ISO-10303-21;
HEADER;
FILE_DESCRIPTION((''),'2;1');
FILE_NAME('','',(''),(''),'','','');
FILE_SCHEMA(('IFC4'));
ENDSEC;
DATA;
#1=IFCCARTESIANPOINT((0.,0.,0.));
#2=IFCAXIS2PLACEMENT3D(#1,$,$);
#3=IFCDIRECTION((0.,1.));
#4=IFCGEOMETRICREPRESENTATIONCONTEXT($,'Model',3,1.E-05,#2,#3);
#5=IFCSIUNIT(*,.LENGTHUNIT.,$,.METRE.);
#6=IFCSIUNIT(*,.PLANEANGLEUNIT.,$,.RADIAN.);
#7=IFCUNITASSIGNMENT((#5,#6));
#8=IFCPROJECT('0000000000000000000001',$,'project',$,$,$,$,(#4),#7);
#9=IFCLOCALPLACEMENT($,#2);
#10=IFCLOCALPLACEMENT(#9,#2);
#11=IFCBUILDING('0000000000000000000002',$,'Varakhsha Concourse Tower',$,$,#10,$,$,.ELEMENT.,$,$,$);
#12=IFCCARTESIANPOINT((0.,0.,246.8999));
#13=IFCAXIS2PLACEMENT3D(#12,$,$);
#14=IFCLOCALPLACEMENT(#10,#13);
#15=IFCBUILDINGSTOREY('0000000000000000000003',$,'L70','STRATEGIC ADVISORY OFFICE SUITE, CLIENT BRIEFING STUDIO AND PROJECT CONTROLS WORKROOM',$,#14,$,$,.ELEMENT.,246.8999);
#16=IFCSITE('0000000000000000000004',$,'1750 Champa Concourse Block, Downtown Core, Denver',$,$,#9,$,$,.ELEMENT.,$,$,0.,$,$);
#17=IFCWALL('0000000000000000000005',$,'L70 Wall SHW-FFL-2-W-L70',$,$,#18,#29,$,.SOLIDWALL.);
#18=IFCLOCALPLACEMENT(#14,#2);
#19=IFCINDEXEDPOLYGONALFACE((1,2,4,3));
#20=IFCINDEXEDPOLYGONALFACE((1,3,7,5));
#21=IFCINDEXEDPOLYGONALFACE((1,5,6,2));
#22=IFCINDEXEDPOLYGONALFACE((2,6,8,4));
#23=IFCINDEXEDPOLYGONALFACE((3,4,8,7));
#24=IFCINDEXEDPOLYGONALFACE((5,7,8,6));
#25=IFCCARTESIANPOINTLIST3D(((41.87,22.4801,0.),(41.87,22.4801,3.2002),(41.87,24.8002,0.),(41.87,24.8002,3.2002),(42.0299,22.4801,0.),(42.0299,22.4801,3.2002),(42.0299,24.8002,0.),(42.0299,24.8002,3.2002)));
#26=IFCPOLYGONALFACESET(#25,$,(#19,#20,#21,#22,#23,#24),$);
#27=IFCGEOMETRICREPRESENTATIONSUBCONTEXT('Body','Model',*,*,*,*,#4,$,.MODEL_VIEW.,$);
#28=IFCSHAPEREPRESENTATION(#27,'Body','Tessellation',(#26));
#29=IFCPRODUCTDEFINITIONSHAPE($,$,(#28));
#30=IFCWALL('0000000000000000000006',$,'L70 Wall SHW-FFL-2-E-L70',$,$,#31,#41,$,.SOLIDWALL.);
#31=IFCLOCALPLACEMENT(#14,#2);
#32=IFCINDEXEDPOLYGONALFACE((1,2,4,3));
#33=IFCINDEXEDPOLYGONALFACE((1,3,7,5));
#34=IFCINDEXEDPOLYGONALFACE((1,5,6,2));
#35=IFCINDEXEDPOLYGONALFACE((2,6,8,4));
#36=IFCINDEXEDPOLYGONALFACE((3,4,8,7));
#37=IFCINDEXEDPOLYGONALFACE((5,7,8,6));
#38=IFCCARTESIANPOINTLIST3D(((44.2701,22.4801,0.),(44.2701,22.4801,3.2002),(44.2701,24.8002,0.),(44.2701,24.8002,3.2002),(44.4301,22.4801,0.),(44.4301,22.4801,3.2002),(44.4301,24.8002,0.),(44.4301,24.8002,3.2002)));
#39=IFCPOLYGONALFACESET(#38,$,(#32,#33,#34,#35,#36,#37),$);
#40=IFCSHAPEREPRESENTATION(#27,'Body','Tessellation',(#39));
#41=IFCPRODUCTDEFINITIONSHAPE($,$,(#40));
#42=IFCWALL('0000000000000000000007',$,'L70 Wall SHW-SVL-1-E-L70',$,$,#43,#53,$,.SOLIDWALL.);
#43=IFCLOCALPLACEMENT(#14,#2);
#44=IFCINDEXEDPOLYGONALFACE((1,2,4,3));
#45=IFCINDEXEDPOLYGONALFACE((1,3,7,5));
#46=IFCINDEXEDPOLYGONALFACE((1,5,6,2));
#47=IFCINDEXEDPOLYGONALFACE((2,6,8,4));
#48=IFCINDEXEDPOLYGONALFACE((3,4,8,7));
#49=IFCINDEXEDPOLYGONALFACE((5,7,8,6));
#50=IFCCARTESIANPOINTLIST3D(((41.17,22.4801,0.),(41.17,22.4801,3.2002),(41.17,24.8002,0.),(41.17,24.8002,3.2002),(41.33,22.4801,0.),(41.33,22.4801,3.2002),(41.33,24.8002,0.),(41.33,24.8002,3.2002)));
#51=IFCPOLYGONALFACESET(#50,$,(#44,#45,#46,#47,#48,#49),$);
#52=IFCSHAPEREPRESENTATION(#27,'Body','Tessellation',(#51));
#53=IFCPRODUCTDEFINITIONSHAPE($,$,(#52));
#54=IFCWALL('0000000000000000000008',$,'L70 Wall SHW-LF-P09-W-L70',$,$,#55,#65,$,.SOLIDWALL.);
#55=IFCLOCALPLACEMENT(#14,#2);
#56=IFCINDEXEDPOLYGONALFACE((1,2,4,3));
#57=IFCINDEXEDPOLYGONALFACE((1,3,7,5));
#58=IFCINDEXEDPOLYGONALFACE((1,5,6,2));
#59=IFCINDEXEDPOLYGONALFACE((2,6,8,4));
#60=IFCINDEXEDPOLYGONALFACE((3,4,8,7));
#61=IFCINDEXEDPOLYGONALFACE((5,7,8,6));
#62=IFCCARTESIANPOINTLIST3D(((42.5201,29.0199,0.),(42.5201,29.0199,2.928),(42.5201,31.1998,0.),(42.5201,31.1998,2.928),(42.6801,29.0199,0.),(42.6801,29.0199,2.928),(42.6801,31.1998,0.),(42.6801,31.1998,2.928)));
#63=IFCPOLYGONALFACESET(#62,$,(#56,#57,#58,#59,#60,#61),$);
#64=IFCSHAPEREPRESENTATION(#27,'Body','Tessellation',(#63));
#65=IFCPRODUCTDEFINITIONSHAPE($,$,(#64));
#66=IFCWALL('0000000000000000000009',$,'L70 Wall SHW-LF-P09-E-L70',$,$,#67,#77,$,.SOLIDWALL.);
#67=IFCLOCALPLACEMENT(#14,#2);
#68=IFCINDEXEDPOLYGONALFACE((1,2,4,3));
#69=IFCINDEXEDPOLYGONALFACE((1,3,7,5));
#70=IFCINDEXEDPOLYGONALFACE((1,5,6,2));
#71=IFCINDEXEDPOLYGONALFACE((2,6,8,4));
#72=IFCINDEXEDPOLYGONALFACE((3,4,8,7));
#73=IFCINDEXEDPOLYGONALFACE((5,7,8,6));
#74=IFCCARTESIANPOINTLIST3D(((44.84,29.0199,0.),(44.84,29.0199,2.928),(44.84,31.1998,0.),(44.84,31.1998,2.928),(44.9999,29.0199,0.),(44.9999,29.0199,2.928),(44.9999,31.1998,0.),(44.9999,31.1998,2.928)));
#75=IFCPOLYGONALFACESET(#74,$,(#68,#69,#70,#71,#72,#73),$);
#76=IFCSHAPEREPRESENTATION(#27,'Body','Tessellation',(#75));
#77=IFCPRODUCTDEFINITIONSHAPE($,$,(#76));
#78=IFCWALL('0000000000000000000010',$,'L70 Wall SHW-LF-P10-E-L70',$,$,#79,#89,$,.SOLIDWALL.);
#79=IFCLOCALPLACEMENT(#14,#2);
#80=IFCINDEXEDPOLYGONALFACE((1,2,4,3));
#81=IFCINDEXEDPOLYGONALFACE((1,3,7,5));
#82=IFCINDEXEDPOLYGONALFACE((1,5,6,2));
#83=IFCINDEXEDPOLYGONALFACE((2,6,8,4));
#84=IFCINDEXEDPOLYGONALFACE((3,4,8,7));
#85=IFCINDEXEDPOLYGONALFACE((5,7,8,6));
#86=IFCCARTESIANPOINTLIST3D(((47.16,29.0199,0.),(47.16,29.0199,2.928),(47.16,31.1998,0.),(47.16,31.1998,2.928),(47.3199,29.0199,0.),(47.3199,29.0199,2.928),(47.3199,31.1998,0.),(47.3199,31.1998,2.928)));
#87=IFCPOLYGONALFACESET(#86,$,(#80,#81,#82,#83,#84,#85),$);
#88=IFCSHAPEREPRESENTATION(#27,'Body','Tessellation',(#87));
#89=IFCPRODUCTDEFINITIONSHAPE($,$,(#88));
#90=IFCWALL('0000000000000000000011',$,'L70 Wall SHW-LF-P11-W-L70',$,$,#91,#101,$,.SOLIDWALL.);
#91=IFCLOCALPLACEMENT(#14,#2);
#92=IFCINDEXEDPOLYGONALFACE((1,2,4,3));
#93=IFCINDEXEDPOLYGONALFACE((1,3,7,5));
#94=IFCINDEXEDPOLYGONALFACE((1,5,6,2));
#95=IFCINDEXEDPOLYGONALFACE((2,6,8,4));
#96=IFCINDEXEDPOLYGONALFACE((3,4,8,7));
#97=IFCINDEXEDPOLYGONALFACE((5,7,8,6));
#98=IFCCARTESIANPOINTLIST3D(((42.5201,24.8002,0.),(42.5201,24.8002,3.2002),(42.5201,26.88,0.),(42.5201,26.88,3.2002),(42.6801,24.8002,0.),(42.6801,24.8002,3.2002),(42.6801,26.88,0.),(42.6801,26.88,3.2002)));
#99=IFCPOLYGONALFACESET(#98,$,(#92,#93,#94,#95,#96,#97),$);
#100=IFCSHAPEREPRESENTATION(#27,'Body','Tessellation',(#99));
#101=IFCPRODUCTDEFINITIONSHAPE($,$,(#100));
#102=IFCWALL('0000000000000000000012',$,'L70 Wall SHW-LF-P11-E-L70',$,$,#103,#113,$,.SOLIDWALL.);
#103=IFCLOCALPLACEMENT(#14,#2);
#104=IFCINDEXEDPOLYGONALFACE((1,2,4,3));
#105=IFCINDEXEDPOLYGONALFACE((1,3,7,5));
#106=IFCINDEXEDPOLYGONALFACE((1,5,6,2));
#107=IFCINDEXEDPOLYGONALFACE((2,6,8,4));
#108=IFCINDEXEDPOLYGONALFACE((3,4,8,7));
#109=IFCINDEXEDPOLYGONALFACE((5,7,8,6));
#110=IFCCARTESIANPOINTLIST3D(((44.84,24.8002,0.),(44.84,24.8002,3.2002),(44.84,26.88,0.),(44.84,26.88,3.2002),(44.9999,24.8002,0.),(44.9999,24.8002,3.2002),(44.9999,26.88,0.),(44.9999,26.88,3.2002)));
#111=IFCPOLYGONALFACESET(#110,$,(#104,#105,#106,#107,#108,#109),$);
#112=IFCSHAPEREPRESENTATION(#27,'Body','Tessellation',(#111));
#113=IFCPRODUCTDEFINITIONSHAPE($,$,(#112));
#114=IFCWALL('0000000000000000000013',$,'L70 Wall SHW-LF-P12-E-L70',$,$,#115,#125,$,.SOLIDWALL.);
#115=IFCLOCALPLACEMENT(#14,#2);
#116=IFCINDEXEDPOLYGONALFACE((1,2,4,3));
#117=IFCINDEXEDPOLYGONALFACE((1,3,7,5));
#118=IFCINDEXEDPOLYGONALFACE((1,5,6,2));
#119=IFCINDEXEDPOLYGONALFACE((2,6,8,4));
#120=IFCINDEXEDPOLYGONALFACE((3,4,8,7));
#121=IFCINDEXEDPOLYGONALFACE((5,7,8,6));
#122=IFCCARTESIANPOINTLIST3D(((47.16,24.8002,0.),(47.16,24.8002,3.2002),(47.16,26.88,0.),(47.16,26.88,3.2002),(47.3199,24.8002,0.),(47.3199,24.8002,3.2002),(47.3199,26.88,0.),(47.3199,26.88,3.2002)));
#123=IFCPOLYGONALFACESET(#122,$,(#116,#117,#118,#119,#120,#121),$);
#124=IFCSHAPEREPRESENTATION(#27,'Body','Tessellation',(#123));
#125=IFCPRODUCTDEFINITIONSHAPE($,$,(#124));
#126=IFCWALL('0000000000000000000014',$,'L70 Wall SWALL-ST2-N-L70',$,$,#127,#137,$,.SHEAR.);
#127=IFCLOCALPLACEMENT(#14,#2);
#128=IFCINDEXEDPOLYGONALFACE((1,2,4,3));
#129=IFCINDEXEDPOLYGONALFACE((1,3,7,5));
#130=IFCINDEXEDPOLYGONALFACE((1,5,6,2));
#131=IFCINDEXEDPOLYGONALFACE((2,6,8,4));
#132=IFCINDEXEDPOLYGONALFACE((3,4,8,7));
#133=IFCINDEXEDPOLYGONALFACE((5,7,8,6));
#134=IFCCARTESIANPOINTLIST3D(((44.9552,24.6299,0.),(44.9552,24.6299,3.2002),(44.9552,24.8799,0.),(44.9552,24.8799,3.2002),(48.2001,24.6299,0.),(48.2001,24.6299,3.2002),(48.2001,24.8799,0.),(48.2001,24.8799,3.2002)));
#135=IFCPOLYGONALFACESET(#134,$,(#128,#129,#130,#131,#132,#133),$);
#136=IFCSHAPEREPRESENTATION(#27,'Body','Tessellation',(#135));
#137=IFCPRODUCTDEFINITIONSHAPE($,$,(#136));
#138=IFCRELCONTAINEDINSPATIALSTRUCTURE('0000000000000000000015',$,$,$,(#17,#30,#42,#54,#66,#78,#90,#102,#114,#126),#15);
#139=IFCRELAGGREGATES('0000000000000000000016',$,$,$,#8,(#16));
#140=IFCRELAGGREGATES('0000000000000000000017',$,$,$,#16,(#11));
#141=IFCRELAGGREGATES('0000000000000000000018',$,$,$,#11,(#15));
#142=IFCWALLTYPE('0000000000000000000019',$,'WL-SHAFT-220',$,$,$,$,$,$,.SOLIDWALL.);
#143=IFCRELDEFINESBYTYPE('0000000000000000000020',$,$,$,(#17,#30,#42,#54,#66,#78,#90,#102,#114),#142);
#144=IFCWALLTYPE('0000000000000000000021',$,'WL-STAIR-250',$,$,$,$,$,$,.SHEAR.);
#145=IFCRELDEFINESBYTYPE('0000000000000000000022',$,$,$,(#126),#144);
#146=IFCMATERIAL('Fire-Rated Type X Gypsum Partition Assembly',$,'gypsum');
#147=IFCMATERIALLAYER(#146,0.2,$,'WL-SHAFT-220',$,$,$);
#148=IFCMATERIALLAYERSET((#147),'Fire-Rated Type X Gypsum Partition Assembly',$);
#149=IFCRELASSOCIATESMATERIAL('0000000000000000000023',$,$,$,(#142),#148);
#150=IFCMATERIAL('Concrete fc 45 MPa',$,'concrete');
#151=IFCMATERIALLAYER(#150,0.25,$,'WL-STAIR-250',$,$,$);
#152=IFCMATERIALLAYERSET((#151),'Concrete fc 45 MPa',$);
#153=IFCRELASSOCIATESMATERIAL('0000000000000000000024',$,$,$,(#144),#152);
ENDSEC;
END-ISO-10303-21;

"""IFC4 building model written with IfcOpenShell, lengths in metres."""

from ifc_helpers import new_model, si_unit, direction, frame, frame_2d, origin, place, context, subcontext, project, spatial, rectangle, extrude, material, layer, layer_set, type_object, element, save


model = new_model("IFC4")

# Units and contexts
model_context = context("Model", 3, precision=1e-05, world=origin(), true_north=direction((0.0, 1.0)))
body_context = subcontext(model_context, "Body", "Model", "MODEL_VIEW")
ifc_project = project(units=[si_unit("LENGTHUNIT", "METRE"), si_unit("PLANEANGLEUNIT", "RADIAN")], contexts=[model_context])

# Site, building, storey
site_placement = place(None, origin())
site = spatial("IfcSite", under=ifc_project, at=site_placement, Name="1750 Champa Concourse Block, Downtown Core, Denver", CompositionType="ELEMENT", RefElevation=0.0)
building_placement = place(site_placement, origin())
building = spatial("IfcBuilding", under=site, at=building_placement, Name="Varakhsha Concourse Tower", CompositionType="ELEMENT")
storey_placement = place(building_placement, frame((0.0, 0.0, 246.8999)))
storey = spatial("IfcBuildingStorey", under=building, at=storey_placement, Name="L70", Description="STRATEGIC ADVISORY OFFICE SUITE, CLIENT BRIEFING STUDIO AND PROJECT CONTROLS WORKROOM", CompositionType="ELEMENT", Elevation=246.8999)

# Shared definitions
ifc_material_1 = material(Name="Fire-Rated Type X Gypsum Partition Assembly", Category="gypsum")

# Walls
ifc_layer_1 = layer(ifc_material_1, 0.2, Name="WL-SHAFT-220")
ifc_layer_set_1 = layer_set([ifc_layer_1], Name="Fire-Rated Type X Gypsum Partition Assembly")
wall_type_1 = type_object("IfcWallType", Name="WL-SHAFT-220", PredefinedType="SOLIDWALL", material=ifc_layer_set_1)
for number, where, z_axis, x_axis, name in (
    (1, (41.95, 22.48, 0.0), (0.0, 0.0, 1.0), (0.0, 1.0, 0.0), "L70 Wall SHW-FFL-2-W-L70"),
    (2, (44.3501, 22.48, 0.0), (0.0, 0.0, 1.0), (0.0, 1.0, 0.0), "L70 Wall SHW-FFL-2-E-L70"),
    (3, (41.25, 22.48, 0.0), (0.0, 0.0, 1.0), (0.0, 1.0, 0.0), "L70 Wall SHW-SVL-1-E-L70"),
):
    element("IfcWall", number, at=place(storey_placement, frame(where, z_axis=z_axis, x_axis=x_axis)), inside=storey, type_object=wall_type_1, Name=name, PredefinedType="SOLIDWALL", context=body_context, shape_type="SweptSolid", body=[
        extrude(rectangle(XDim=2.3201, YDim=0.1599, at=frame_2d((1.1602, 0.0))), origin(), (0.0, 0.0, 1.0), 3.2002),
    ])
for number, where, z_axis, x_axis, name in (
    (4, (42.6001, 29.02, 0.0), (0.0, 0.0, 1.0), (0.0, 1.0, 0.0), "L70 Wall SHW-LF-P09-W-L70"),
    (5, (44.9199, 29.02, 0.0), (0.0, 0.0, 1.0), (0.0, 1.0, 0.0), "L70 Wall SHW-LF-P09-E-L70"),
    (6, (47.24, 29.02, 0.0), (0.0, 0.0, 1.0), (0.0, 1.0, 0.0), "L70 Wall SHW-LF-P10-E-L70"),
):
    element("IfcWall", number, at=place(storey_placement, frame(where, z_axis=z_axis, x_axis=x_axis)), inside=storey, type_object=wall_type_1, Name=name, PredefinedType="SOLIDWALL", context=body_context, shape_type="SweptSolid", body=[
        extrude(rectangle(XDim=2.1799, YDim=0.1599, at=frame_2d((1.0898, 0.0))), origin(), (0.0, 0.0, 1.0), 2.928),
    ])
for number, where, z_axis, x_axis, name in (
    (7, (42.6001, 24.8, 0.0), (0.0, 0.0, 1.0), (0.0, 1.0, 0.0), "L70 Wall SHW-LF-P11-W-L70"),
    (8, (44.9199, 24.8, 0.0), (0.0, 0.0, 1.0), (0.0, 1.0, 0.0), "L70 Wall SHW-LF-P11-E-L70"),
    (9, (47.24, 24.8, 0.0), (0.0, 0.0, 1.0), (0.0, 1.0, 0.0), "L70 Wall SHW-LF-P12-E-L70"),
):
    element("IfcWall", number, at=place(storey_placement, frame(where, z_axis=z_axis, x_axis=x_axis)), inside=storey, type_object=wall_type_1, Name=name, PredefinedType="SOLIDWALL", context=body_context, shape_type="SweptSolid", body=[
        extrude(rectangle(XDim=2.0798, YDim=0.1599, at=frame_2d((1.04, 0.0))), origin(), (0.0, 0.0, 1.0), 3.2002),
    ])
ifc_material_2 = material(Name="Concrete fc 45 MPa", Category="concrete")
ifc_layer_2 = layer(ifc_material_2, 0.25, Name="WL-STAIR-250")
ifc_layer_set_2 = layer_set([ifc_layer_2], Name="Concrete fc 45 MPa")
wall_type_2 = type_object("IfcWallType", Name="WL-STAIR-250", PredefinedType="SHEAR", material=ifc_layer_set_2)
wall_1_placement = place(storey_placement, frame((44.9551, 24.7549, 0.0), z_axis=(0.0, 0.0, 1.0), x_axis=(1.0, 0.0, 0.0)))
element("IfcWall", 10, at=wall_1_placement, inside=storey, type_object=wall_type_2, Name="L70 Wall SWALL-ST2-N-L70", PredefinedType="SHEAR", context=body_context, shape_type="SweptSolid", body=[
    extrude(rectangle(XDim=3.2449, YDim=0.25, at=frame_2d((1.6226, 0.0))), origin(), (0.0, 0.0, 1.0), 3.2002),
])

save(model, "model.ifc")
